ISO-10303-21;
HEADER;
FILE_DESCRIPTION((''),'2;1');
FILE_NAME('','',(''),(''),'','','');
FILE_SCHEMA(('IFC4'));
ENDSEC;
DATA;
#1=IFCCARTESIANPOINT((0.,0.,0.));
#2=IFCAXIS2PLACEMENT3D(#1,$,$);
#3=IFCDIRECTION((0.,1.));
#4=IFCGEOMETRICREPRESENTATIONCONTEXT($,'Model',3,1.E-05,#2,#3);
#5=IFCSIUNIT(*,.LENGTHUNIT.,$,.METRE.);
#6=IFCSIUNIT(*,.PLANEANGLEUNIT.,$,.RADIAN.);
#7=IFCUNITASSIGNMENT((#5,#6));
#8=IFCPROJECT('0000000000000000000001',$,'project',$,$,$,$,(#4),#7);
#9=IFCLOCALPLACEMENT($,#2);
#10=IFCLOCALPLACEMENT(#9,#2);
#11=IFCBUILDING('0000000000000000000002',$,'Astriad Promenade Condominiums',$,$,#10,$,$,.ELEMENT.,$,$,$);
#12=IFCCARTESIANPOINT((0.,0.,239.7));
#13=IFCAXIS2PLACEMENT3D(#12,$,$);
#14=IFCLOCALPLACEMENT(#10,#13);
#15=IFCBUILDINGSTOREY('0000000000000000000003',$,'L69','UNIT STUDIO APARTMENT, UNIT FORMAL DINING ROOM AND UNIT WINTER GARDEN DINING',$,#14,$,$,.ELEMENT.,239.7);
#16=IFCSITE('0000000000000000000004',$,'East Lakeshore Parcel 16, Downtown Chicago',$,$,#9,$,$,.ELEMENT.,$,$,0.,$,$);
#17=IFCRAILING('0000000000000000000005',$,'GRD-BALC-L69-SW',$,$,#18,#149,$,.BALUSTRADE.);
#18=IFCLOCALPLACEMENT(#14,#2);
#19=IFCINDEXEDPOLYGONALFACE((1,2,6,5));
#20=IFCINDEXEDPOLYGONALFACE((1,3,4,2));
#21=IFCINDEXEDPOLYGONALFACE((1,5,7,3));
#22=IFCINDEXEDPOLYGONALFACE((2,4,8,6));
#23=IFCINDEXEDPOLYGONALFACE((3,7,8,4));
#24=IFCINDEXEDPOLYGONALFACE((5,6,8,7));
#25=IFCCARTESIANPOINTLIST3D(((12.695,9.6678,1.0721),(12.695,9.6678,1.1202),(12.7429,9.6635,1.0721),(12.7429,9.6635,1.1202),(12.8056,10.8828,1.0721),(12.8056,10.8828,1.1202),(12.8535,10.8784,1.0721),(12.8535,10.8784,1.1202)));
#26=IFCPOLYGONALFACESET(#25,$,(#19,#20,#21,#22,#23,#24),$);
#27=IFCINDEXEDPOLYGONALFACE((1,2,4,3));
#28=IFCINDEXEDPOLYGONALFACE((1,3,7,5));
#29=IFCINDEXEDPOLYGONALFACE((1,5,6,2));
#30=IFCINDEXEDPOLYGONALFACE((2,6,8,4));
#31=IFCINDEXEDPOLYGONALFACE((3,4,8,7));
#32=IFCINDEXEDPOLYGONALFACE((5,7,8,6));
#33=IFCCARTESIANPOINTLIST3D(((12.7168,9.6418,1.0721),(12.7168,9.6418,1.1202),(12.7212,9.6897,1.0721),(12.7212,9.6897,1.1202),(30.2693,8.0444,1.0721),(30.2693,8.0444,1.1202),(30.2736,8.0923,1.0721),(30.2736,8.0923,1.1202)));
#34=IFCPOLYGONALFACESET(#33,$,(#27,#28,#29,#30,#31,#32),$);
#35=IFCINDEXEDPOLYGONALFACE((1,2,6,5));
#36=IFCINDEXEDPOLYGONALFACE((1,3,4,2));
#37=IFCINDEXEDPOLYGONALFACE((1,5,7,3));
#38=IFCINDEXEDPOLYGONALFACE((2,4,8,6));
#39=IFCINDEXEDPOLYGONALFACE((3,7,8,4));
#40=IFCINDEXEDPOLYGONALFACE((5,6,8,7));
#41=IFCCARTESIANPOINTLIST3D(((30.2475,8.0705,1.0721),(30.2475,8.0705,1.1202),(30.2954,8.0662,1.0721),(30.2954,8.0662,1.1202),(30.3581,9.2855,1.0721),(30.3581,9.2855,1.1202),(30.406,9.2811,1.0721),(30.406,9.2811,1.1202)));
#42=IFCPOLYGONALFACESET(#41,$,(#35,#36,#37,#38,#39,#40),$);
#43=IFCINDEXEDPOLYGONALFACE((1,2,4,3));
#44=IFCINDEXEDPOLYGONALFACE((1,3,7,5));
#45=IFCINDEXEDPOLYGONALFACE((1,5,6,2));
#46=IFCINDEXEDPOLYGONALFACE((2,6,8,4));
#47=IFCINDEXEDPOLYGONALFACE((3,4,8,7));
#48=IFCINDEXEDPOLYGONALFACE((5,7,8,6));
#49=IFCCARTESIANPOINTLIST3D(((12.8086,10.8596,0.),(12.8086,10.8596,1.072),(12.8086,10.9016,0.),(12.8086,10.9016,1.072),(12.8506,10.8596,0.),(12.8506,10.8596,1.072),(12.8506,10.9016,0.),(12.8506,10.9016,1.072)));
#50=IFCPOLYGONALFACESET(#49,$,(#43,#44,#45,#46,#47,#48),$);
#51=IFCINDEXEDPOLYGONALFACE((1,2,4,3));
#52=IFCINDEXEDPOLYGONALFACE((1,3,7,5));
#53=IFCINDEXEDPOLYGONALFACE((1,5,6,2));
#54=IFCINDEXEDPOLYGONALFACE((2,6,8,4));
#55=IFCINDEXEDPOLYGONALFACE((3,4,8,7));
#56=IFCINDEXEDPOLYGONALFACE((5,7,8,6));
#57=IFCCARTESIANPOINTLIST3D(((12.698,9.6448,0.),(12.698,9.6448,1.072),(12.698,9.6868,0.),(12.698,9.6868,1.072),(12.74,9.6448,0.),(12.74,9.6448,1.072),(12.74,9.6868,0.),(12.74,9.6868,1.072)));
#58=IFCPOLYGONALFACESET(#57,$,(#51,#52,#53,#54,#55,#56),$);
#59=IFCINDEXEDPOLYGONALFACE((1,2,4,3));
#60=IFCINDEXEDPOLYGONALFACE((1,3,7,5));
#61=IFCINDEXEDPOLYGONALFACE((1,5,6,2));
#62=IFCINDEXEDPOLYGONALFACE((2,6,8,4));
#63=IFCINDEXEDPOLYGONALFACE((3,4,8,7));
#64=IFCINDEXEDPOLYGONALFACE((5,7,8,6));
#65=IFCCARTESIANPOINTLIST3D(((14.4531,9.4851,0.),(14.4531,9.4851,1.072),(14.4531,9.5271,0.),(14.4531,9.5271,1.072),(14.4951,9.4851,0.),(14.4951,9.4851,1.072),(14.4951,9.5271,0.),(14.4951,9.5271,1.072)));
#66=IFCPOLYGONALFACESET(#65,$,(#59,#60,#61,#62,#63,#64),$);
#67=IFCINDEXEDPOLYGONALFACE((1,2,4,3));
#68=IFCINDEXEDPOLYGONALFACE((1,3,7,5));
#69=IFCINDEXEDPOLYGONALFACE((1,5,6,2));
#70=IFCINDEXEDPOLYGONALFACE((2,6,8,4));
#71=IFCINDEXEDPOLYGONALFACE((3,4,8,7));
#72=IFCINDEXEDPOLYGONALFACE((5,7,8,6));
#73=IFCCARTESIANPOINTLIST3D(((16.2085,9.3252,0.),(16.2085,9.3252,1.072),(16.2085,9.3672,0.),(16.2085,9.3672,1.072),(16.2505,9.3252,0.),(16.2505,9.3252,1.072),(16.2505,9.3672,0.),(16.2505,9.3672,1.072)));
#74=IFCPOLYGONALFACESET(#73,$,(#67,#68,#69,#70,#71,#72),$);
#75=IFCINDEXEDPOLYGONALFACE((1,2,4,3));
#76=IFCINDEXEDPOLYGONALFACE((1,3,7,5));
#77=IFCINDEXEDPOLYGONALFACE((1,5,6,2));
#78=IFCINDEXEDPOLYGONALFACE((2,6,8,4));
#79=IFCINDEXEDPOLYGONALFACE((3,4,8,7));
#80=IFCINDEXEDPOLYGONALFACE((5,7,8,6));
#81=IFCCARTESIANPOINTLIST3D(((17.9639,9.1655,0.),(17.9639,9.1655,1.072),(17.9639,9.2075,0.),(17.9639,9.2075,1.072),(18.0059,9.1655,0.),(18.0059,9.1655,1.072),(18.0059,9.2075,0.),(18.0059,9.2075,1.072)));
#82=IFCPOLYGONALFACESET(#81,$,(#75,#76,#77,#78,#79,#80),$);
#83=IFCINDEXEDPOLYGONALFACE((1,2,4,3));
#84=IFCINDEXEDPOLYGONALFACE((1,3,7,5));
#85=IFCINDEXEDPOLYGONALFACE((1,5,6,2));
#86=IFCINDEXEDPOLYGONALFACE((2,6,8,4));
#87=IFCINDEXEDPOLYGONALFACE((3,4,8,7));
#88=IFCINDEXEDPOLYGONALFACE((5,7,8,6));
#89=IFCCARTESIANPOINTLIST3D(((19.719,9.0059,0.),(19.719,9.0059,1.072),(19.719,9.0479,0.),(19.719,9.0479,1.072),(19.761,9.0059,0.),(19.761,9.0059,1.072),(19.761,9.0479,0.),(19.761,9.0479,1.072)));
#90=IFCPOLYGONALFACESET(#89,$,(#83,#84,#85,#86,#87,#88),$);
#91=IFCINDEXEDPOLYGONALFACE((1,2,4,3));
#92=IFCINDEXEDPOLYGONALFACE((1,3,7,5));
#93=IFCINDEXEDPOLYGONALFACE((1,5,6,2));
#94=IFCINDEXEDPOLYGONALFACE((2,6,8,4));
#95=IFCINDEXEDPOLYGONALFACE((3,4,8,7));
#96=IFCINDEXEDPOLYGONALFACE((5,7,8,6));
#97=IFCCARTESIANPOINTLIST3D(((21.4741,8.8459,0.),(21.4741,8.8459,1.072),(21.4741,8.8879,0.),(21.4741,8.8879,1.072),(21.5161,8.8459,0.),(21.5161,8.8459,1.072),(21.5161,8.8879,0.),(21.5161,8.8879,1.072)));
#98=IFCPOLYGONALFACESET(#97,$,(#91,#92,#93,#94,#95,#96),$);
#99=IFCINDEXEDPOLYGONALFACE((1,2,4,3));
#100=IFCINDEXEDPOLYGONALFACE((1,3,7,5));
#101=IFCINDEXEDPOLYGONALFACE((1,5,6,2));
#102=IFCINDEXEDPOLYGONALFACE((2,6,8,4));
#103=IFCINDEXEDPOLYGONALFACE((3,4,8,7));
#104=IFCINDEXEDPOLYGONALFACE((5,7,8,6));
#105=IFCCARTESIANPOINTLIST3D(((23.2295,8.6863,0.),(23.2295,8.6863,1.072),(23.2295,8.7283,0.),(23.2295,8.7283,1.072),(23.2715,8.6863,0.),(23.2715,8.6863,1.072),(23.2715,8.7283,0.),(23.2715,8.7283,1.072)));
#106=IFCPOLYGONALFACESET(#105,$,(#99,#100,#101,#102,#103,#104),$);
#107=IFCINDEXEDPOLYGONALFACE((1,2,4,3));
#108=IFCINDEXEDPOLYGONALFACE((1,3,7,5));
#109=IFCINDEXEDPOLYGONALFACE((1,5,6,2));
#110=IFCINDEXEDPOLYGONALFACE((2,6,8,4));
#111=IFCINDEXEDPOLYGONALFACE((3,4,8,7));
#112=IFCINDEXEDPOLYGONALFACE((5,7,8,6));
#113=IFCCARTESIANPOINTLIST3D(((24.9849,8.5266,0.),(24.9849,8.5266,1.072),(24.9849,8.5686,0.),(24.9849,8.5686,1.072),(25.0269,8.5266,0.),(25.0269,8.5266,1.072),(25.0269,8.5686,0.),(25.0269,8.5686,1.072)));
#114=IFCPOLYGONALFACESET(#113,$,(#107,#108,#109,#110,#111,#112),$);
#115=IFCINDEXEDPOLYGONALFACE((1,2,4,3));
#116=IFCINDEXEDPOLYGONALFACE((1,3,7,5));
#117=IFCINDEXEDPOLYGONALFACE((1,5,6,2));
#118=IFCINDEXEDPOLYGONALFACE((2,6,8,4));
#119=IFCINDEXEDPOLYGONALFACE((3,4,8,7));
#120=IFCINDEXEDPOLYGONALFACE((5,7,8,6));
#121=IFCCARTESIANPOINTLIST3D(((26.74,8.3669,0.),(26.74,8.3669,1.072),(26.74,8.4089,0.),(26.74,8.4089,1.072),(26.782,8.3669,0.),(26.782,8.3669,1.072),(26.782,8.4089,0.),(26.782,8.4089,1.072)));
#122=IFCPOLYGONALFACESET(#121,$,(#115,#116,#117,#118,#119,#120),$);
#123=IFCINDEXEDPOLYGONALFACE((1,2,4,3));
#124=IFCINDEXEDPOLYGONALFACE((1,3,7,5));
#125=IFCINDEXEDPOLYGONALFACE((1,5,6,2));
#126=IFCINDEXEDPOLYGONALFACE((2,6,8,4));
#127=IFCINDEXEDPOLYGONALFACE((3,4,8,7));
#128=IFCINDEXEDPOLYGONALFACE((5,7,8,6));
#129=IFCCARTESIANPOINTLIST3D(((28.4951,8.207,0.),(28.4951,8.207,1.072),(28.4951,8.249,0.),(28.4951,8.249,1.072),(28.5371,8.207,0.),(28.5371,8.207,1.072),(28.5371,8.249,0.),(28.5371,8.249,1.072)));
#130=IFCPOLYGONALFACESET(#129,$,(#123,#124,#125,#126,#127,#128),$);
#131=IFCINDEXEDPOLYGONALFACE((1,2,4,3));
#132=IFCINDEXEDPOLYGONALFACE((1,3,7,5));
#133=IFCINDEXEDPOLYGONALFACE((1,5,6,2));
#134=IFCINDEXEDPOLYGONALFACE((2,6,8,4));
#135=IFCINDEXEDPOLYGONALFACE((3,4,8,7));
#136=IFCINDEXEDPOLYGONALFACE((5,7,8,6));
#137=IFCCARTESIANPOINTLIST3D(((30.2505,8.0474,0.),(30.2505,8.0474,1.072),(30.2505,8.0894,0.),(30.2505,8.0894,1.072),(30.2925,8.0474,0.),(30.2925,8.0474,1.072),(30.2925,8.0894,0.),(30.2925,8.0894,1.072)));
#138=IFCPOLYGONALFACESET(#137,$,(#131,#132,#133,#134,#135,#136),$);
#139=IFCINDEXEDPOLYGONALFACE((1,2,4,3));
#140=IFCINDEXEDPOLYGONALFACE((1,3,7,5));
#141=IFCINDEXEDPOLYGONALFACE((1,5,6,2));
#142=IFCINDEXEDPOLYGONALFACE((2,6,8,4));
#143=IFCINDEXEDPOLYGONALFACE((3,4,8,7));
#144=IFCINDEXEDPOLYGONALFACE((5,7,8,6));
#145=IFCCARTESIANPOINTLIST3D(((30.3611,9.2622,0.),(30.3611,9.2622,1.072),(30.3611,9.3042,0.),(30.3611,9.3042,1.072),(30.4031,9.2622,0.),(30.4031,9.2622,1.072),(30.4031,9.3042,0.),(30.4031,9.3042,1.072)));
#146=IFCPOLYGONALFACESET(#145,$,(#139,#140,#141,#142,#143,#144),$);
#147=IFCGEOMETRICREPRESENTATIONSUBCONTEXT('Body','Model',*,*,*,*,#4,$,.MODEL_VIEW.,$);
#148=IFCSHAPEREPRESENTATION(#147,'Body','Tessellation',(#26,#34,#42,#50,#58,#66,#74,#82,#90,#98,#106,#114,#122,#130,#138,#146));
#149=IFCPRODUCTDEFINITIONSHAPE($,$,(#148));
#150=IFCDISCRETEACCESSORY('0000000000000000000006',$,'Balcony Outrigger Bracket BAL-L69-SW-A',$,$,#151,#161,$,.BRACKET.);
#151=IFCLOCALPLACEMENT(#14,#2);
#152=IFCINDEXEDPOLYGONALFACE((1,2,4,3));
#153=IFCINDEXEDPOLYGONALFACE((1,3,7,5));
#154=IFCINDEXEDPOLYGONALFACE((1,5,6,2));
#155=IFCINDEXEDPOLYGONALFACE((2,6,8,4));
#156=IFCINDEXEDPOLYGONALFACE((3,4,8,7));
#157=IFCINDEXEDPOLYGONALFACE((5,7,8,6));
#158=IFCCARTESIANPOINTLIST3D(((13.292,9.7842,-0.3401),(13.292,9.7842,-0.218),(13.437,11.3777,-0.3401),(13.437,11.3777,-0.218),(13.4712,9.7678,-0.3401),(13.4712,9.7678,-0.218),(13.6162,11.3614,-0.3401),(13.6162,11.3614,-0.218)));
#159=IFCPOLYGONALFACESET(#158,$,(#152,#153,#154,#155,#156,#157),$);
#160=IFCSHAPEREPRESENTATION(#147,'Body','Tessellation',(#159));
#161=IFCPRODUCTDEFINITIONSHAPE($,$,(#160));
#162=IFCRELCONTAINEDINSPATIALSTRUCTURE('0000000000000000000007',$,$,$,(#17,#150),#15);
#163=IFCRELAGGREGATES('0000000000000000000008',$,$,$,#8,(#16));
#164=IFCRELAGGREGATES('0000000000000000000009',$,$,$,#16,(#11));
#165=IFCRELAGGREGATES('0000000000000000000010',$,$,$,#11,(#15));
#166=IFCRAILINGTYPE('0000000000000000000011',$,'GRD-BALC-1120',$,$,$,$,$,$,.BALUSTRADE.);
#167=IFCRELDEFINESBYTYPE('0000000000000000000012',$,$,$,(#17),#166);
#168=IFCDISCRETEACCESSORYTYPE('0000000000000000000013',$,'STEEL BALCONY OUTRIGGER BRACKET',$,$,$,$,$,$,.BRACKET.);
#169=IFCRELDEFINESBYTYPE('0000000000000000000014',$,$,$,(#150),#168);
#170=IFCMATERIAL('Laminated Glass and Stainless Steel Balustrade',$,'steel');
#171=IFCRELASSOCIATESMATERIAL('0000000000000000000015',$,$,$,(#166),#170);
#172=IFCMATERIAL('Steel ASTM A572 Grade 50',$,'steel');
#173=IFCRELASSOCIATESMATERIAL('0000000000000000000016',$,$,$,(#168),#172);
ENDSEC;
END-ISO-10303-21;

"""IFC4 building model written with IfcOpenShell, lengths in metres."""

from ifc_helpers import new_model, si_unit, direction, frame, origin, origin_2d, place, context, subcontext, project, spatial, rectangle, extrude, source, transform, mapped, material, type_object, type_shapes, element, save


model = new_model("IFC4")

# Units and contexts
model_context = context("Model", 3, precision=1e-05, world=origin(), true_north=direction((0.0, 1.0)))
body_context = subcontext(model_context, "Body", "Model", "MODEL_VIEW")
ifc_project = project(units=[si_unit("LENGTHUNIT", "METRE"), si_unit("PLANEANGLEUNIT", "RADIAN")], contexts=[model_context])

# Site, building, storey
site_placement = place(None, origin())
site = spatial("IfcSite", under=ifc_project, at=site_placement, Name="East Lakeshore Parcel 16, Downtown Chicago", CompositionType="ELEMENT", RefElevation=0.0)
building_placement = place(site_placement, origin())
building = spatial("IfcBuilding", under=site, at=building_placement, Name="Astriad Promenade Condominiums", CompositionType="ELEMENT")
storey_placement = place(building_placement, frame((0.0, 0.0, 239.7)))
storey = spatial("IfcBuildingStorey", under=building, at=storey_placement, Name="L69", Description="UNIT STUDIO APARTMENT, UNIT FORMAL DINING ROOM AND UNIT WINTER GARDEN DINING", CompositionType="ELEMENT", Elevation=239.7)

# Railing
ifc_material_1 = material(Name="Laminated Glass and Stainless Steel Balustrade", Category="steel")
railing_type = type_object("IfcRailingType", Name="GRD-BALC-1120", PredefinedType="BALUSTRADE", material=ifc_material_1)
shared_shape_1 = source(origin(), body_context, "Body", "SweptSolid", [
    extrude(rectangle(XDim=0.0481, YDim=0.0481, at=origin_2d()), frame((0.0, 0.0, 1.0962), z_axis=(-0.090662, -0.995882, 0.0), x_axis=(0.995882, -0.090662, 0.0)), (0.0, 0.0, 1.0), 1.22),
    extrude(rectangle(XDim=0.0481, YDim=0.0481, at=origin_2d()), frame((-0.1106, -1.2148, 1.0962), z_axis=(0.995884, -0.090633, 0.0), x_axis=(0.090633, 0.995884, 0.0)), (0.0, 0.0, 1.0), 17.625),
    extrude(rectangle(XDim=0.0481, YDim=0.0481, at=origin_2d()), frame((17.4419, -2.8123, 1.0962), z_axis=(0.090662, 0.995882, 0.0), x_axis=(-0.995882, 0.090662, 0.0)), (0.0, 0.0, 1.0), 1.22),
    extrude(rectangle(XDim=0.042, YDim=0.042, at=origin_2d()), origin(), (0.0, 0.0, 1.0), 1.072),
    extrude(rectangle(XDim=0.042, YDim=0.042, at=origin_2d()), frame((-0.1106, -1.2148, 0.0)), (0.0, 0.0, 1.0), 1.072),
    extrude(rectangle(XDim=0.042, YDim=0.042, at=origin_2d()), frame((1.6445, -1.3745, 0.0)), (0.0, 0.0, 1.0), 1.072),
    extrude(rectangle(XDim=0.042, YDim=0.042, at=origin_2d()), frame((3.3999, -1.5344, 0.0)), (0.0, 0.0, 1.0), 1.072),
    extrude(rectangle(XDim=0.042, YDim=0.042, at=origin_2d()), frame((5.1553, -1.6941, 0.0)), (0.0, 0.0, 1.0), 1.072),
    extrude(rectangle(XDim=0.042, YDim=0.042, at=origin_2d()), frame((6.9104, -1.8538, 0.0)), (0.0, 0.0, 1.0), 1.072),
    extrude(rectangle(XDim=0.042, YDim=0.042, at=origin_2d()), frame((8.6655, -2.0137, 0.0)), (0.0, 0.0, 1.0), 1.072),
    extrude(rectangle(XDim=0.042, YDim=0.042, at=origin_2d()), frame((10.4209, -2.1733, 0.0)), (0.0, 0.0, 1.0), 1.072),
    extrude(rectangle(XDim=0.042, YDim=0.042, at=origin_2d()), frame((12.1763, -2.333, 0.0)), (0.0, 0.0, 1.0), 1.072),
    extrude(rectangle(XDim=0.042, YDim=0.042, at=origin_2d()), frame((13.9314, -2.4927, 0.0)), (0.0, 0.0, 1.0), 1.072),
    extrude(rectangle(XDim=0.042, YDim=0.042, at=origin_2d()), frame((15.6865, -2.6526, 0.0)), (0.0, 0.0, 1.0), 1.072),
    extrude(rectangle(XDim=0.042, YDim=0.042, at=origin_2d()), frame((17.4419, -2.8123, 0.0)), (0.0, 0.0, 1.0), 1.072),
    extrude(rectangle(XDim=0.042, YDim=0.042, at=origin_2d()), frame((17.5525, -1.5974, 0.0)), (0.0, 0.0, 1.0), 1.072),
])
type_shapes(railing_type, [shared_shape_1])
railing_placement = place(storey_placement, frame((12.8296, 10.8806, 0.0)))
element("IfcRailing", 1, at=railing_placement, inside=storey, type_object=railing_type, Name="GRD-BALC-L69-SW", PredefinedType="BALUSTRADE", context=body_context, shape_type="MappedRepresentation", body=[
    mapped(shared_shape_1, transform((0.0, 0.0, 0.0), scale=1.0)),
])

# Discrete accessory
ifc_material_2 = material(Name="Steel ASTM A572 Grade 50", Category="steel")
discrete_accessory_type = type_object("IfcDiscreteAccessoryType", Name="STEEL BALCONY OUTRIGGER BRACKET", PredefinedType="BRACKET", material=ifc_material_2)
shared_shape_2 = source(origin(), body_context, "Body", "SweptSolid", [
    extrude(rectangle(XDim=1.6001, YDim=0.1799, at=origin_2d()), origin(), (0.0, 0.0, 1.0), 0.1221),
])
type_shapes(discrete_accessory_type, [shared_shape_2])
discrete_accessory_placement = place(storey_placement, frame((13.4541, 10.5728, -0.3401), z_axis=(0.0, 0.0, 1.0), x_axis=(-0.090633, -0.995884, 0.0)))
element("IfcDiscreteAccessory", 2, at=discrete_accessory_placement, inside=storey, type_object=discrete_accessory_type, Name="Balcony Outrigger Bracket BAL-L69-SW-A", PredefinedType="BRACKET", context=body_context, shape_type="MappedRepresentation", body=[
    mapped(shared_shape_2, transform((0.0, 0.0, 0.0), scale=1.0)),
])

save(model, "model.ifc")
